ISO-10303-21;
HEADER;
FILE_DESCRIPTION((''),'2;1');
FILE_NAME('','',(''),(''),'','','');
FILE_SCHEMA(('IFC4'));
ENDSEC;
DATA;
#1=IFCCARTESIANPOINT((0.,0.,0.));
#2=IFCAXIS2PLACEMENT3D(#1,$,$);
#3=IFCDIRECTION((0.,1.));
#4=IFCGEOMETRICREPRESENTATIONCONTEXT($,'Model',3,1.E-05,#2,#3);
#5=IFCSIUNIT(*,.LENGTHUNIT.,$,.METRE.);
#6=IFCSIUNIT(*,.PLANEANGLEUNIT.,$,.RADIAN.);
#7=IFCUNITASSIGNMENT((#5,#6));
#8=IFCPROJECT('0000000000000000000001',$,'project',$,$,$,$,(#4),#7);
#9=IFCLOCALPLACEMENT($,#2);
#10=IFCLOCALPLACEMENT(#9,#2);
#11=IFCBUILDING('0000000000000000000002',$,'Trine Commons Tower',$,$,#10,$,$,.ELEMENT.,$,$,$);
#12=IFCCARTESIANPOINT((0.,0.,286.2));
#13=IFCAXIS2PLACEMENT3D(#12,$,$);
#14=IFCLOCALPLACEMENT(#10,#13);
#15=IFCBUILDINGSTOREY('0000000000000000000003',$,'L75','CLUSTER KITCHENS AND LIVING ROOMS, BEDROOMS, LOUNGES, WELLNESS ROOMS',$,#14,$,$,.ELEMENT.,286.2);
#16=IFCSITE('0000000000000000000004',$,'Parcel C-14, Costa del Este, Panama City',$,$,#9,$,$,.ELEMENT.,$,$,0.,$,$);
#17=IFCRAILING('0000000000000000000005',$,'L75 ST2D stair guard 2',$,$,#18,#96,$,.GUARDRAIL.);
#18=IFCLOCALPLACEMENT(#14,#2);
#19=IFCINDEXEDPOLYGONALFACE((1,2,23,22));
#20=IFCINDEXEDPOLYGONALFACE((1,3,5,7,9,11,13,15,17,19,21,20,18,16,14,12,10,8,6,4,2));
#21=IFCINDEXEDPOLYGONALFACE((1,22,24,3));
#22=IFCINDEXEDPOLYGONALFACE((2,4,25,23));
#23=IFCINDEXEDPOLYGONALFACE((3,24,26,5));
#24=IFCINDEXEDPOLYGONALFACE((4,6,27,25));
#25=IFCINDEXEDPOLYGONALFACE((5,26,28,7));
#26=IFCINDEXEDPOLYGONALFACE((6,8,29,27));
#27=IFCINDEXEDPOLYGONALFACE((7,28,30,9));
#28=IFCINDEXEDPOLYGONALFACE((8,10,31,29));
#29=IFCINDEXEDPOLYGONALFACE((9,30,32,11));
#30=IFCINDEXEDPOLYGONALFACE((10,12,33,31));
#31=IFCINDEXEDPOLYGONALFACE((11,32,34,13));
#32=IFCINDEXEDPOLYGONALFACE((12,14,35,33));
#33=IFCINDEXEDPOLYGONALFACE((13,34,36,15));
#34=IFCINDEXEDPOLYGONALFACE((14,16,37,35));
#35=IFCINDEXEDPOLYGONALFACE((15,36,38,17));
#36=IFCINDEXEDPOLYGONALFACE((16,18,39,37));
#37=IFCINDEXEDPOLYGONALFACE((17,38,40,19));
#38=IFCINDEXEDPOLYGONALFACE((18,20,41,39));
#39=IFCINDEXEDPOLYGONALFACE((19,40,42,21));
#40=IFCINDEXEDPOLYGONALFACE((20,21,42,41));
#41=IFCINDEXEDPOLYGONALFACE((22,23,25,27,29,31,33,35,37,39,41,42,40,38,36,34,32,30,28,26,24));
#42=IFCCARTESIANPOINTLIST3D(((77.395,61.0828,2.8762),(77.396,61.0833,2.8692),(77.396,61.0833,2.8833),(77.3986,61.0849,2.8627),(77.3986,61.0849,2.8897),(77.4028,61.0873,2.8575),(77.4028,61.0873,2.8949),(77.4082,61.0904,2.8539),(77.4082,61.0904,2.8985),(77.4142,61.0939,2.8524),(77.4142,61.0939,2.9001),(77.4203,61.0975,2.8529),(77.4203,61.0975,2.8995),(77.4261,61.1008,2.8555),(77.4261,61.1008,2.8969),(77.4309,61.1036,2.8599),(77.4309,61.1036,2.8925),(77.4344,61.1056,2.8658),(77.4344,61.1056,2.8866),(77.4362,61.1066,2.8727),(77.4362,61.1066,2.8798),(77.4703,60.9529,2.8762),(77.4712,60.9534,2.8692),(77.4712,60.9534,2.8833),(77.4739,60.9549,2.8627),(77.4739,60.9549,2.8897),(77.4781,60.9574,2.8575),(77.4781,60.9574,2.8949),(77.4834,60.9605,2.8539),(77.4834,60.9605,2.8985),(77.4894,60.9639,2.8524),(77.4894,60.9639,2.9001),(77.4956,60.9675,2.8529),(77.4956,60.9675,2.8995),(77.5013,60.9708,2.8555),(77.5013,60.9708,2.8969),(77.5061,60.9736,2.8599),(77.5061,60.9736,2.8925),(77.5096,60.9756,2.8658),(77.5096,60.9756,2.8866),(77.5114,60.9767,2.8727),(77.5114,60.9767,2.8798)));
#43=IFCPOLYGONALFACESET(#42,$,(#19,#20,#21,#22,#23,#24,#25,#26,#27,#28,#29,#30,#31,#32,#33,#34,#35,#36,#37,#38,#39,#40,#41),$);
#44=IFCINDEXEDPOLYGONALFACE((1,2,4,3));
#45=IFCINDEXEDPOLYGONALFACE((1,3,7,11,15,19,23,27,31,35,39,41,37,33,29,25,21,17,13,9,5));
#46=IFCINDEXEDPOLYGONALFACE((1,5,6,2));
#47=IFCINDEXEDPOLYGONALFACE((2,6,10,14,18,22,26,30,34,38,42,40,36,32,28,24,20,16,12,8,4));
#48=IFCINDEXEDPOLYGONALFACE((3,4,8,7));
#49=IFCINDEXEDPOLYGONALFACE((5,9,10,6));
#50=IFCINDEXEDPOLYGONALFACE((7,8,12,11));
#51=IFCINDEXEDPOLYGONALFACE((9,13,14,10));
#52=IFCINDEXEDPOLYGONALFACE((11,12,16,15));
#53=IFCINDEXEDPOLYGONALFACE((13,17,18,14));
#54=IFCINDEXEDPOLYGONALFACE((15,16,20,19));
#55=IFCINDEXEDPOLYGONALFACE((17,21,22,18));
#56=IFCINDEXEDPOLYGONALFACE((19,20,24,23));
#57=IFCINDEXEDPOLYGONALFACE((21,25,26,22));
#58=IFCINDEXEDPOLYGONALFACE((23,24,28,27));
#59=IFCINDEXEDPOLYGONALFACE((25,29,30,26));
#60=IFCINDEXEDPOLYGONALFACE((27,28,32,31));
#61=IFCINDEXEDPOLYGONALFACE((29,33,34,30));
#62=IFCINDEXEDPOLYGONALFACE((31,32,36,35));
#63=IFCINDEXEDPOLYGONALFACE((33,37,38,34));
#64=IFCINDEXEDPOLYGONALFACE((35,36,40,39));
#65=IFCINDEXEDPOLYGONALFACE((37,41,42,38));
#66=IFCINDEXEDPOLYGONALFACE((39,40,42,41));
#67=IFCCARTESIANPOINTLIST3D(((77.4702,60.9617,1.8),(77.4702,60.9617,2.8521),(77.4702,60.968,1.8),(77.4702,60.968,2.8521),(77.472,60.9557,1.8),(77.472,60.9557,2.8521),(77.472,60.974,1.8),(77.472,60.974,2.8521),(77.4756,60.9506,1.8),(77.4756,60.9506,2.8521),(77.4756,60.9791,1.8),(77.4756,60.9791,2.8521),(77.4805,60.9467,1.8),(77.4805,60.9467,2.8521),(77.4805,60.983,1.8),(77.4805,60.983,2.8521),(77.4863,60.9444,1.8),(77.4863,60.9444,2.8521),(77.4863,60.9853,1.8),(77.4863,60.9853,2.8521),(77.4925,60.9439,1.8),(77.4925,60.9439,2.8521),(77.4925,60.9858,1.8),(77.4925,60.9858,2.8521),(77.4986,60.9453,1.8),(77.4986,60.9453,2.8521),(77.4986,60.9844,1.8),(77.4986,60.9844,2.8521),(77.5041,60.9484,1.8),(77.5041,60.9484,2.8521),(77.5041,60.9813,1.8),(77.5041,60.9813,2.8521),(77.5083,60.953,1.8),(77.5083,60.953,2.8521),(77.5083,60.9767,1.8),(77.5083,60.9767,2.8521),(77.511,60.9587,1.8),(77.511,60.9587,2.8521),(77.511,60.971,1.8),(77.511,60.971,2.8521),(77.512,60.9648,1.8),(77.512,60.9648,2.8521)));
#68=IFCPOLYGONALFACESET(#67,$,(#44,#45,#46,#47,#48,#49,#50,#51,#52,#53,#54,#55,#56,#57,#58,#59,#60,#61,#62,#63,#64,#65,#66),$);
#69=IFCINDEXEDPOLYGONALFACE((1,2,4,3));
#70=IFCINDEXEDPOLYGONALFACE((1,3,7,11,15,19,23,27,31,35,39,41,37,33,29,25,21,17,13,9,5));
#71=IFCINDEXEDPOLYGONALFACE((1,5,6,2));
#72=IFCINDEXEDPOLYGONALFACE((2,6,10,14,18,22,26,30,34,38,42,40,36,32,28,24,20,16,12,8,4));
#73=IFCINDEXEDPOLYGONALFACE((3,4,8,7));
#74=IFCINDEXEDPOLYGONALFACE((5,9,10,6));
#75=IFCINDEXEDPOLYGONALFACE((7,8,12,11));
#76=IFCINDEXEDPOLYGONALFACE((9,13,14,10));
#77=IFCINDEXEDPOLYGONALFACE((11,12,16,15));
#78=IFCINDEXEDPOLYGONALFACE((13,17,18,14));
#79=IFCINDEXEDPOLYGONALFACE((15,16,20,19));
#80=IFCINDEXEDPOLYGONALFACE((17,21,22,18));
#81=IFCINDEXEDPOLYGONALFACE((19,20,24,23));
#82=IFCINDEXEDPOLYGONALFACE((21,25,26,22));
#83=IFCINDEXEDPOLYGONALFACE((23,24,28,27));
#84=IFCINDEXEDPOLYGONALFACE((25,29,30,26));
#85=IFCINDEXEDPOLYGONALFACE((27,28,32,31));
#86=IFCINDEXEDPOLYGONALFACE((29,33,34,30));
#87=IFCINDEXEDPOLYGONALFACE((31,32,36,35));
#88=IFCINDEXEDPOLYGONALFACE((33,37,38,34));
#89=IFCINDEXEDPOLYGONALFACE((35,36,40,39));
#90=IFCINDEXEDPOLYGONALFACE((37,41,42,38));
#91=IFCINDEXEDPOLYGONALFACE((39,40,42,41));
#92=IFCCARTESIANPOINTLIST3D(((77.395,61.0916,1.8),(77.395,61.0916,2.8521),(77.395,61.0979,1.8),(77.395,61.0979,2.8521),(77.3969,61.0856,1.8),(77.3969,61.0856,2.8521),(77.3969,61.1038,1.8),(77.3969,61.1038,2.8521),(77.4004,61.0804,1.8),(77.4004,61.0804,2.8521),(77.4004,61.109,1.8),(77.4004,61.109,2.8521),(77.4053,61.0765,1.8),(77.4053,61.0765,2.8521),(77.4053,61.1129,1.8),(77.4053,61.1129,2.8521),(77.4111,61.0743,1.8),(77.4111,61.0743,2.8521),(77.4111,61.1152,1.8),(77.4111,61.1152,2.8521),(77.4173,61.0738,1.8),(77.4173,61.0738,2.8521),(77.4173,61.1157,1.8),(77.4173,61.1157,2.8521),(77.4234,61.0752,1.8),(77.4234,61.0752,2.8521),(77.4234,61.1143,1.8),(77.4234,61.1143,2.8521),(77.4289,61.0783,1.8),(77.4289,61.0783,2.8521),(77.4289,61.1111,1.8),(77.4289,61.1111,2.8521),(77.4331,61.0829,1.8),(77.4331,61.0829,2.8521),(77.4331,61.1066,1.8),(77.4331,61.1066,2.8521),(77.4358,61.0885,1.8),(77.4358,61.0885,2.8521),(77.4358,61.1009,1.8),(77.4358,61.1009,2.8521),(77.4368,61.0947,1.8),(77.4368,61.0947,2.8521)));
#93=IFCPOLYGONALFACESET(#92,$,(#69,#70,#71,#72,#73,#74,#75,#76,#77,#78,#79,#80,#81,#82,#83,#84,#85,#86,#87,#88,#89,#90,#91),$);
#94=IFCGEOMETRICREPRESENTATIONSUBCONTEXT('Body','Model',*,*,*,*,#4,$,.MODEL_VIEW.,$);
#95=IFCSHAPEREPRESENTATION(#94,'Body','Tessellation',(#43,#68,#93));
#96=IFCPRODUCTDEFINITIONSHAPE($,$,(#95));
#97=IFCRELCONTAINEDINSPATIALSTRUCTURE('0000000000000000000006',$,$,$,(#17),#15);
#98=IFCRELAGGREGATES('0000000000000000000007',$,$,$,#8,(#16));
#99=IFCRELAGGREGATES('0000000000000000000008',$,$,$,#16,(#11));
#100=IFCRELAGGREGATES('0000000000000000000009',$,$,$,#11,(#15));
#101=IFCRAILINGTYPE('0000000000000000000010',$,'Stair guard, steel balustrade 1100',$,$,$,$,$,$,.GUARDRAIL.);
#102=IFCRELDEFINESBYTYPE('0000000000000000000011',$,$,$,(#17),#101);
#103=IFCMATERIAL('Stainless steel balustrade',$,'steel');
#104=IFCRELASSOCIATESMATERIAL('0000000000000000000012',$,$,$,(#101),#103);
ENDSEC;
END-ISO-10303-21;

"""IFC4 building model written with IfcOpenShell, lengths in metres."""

from ifc_helpers import new_model, si_unit, direction, frame, origin, origin_2d, place, context, subcontext, project, spatial, circle, extrude, material, type_object, element, save


model = new_model("IFC4")

# Units and contexts
model_context = context("Model", 3, precision=1e-05, world=origin(), true_north=direction((0.0, 1.0)))
body_context = subcontext(model_context, "Body", "Model", "MODEL_VIEW")
ifc_project = project(units=[si_unit("LENGTHUNIT", "METRE"), si_unit("PLANEANGLEUNIT", "RADIAN")], contexts=[model_context])

# Site, building, storey
site_placement = place(None, origin())
site = spatial("IfcSite", under=ifc_project, at=site_placement, Name="Parcel C-14, Costa del Este, Panama City", CompositionType="ELEMENT", RefElevation=0.0)
building_placement = place(site_placement, origin())
building = spatial("IfcBuilding", under=site, at=building_placement, Name="Trine Commons Tower", CompositionType="ELEMENT")
storey_placement = place(building_placement, frame((0.0, 0.0, 286.2)))
storey = spatial("IfcBuildingStorey", under=building, at=storey_placement, Name="L75", Description="CLUSTER KITCHENS AND LIVING ROOMS, BEDROOMS, LOUNGES, WELLNESS ROOMS", CompositionType="ELEMENT", Elevation=286.2)

# Railing
ifc_material_1 = material(Name="Stainless steel balustrade", Category="steel")
railing_type_1 = type_object("IfcRailingType", Name="Stair guard, steel balustrade 1100", PredefinedType="GUARDRAIL", material=ifc_material_1)
railing_1_placement = place(storey_placement, frame((77.491, 60.9648, 1.8)))
element("IfcRailing", 1, at=railing_1_placement, inside=storey, type_object=railing_type_1, Name="L75 ST2D stair guard 2", PredefinedType="GUARDRAIL", context=body_context, shape_type="SweptSolid", body=[
    extrude(circle(Radius=0.0239, at=origin_2d()), frame((0.0, 0.0, 1.0762), z_axis=(-0.501036, 0.865426, 0.0), x_axis=(-0.865426, -0.501036, 0.0)), (0.0, 0.0, 1.0), 0.1501),
    extrude(circle(Radius=0.021, at=origin_2d()), origin(), (0.0, 0.0, 1.0), 1.052),
    extrude(circle(Radius=0.021, at=origin_2d()), frame((-0.0752, 0.1299, 0.0)), (0.0, 0.0, 1.0), 1.052),
])

save(model, "model.ifc")
